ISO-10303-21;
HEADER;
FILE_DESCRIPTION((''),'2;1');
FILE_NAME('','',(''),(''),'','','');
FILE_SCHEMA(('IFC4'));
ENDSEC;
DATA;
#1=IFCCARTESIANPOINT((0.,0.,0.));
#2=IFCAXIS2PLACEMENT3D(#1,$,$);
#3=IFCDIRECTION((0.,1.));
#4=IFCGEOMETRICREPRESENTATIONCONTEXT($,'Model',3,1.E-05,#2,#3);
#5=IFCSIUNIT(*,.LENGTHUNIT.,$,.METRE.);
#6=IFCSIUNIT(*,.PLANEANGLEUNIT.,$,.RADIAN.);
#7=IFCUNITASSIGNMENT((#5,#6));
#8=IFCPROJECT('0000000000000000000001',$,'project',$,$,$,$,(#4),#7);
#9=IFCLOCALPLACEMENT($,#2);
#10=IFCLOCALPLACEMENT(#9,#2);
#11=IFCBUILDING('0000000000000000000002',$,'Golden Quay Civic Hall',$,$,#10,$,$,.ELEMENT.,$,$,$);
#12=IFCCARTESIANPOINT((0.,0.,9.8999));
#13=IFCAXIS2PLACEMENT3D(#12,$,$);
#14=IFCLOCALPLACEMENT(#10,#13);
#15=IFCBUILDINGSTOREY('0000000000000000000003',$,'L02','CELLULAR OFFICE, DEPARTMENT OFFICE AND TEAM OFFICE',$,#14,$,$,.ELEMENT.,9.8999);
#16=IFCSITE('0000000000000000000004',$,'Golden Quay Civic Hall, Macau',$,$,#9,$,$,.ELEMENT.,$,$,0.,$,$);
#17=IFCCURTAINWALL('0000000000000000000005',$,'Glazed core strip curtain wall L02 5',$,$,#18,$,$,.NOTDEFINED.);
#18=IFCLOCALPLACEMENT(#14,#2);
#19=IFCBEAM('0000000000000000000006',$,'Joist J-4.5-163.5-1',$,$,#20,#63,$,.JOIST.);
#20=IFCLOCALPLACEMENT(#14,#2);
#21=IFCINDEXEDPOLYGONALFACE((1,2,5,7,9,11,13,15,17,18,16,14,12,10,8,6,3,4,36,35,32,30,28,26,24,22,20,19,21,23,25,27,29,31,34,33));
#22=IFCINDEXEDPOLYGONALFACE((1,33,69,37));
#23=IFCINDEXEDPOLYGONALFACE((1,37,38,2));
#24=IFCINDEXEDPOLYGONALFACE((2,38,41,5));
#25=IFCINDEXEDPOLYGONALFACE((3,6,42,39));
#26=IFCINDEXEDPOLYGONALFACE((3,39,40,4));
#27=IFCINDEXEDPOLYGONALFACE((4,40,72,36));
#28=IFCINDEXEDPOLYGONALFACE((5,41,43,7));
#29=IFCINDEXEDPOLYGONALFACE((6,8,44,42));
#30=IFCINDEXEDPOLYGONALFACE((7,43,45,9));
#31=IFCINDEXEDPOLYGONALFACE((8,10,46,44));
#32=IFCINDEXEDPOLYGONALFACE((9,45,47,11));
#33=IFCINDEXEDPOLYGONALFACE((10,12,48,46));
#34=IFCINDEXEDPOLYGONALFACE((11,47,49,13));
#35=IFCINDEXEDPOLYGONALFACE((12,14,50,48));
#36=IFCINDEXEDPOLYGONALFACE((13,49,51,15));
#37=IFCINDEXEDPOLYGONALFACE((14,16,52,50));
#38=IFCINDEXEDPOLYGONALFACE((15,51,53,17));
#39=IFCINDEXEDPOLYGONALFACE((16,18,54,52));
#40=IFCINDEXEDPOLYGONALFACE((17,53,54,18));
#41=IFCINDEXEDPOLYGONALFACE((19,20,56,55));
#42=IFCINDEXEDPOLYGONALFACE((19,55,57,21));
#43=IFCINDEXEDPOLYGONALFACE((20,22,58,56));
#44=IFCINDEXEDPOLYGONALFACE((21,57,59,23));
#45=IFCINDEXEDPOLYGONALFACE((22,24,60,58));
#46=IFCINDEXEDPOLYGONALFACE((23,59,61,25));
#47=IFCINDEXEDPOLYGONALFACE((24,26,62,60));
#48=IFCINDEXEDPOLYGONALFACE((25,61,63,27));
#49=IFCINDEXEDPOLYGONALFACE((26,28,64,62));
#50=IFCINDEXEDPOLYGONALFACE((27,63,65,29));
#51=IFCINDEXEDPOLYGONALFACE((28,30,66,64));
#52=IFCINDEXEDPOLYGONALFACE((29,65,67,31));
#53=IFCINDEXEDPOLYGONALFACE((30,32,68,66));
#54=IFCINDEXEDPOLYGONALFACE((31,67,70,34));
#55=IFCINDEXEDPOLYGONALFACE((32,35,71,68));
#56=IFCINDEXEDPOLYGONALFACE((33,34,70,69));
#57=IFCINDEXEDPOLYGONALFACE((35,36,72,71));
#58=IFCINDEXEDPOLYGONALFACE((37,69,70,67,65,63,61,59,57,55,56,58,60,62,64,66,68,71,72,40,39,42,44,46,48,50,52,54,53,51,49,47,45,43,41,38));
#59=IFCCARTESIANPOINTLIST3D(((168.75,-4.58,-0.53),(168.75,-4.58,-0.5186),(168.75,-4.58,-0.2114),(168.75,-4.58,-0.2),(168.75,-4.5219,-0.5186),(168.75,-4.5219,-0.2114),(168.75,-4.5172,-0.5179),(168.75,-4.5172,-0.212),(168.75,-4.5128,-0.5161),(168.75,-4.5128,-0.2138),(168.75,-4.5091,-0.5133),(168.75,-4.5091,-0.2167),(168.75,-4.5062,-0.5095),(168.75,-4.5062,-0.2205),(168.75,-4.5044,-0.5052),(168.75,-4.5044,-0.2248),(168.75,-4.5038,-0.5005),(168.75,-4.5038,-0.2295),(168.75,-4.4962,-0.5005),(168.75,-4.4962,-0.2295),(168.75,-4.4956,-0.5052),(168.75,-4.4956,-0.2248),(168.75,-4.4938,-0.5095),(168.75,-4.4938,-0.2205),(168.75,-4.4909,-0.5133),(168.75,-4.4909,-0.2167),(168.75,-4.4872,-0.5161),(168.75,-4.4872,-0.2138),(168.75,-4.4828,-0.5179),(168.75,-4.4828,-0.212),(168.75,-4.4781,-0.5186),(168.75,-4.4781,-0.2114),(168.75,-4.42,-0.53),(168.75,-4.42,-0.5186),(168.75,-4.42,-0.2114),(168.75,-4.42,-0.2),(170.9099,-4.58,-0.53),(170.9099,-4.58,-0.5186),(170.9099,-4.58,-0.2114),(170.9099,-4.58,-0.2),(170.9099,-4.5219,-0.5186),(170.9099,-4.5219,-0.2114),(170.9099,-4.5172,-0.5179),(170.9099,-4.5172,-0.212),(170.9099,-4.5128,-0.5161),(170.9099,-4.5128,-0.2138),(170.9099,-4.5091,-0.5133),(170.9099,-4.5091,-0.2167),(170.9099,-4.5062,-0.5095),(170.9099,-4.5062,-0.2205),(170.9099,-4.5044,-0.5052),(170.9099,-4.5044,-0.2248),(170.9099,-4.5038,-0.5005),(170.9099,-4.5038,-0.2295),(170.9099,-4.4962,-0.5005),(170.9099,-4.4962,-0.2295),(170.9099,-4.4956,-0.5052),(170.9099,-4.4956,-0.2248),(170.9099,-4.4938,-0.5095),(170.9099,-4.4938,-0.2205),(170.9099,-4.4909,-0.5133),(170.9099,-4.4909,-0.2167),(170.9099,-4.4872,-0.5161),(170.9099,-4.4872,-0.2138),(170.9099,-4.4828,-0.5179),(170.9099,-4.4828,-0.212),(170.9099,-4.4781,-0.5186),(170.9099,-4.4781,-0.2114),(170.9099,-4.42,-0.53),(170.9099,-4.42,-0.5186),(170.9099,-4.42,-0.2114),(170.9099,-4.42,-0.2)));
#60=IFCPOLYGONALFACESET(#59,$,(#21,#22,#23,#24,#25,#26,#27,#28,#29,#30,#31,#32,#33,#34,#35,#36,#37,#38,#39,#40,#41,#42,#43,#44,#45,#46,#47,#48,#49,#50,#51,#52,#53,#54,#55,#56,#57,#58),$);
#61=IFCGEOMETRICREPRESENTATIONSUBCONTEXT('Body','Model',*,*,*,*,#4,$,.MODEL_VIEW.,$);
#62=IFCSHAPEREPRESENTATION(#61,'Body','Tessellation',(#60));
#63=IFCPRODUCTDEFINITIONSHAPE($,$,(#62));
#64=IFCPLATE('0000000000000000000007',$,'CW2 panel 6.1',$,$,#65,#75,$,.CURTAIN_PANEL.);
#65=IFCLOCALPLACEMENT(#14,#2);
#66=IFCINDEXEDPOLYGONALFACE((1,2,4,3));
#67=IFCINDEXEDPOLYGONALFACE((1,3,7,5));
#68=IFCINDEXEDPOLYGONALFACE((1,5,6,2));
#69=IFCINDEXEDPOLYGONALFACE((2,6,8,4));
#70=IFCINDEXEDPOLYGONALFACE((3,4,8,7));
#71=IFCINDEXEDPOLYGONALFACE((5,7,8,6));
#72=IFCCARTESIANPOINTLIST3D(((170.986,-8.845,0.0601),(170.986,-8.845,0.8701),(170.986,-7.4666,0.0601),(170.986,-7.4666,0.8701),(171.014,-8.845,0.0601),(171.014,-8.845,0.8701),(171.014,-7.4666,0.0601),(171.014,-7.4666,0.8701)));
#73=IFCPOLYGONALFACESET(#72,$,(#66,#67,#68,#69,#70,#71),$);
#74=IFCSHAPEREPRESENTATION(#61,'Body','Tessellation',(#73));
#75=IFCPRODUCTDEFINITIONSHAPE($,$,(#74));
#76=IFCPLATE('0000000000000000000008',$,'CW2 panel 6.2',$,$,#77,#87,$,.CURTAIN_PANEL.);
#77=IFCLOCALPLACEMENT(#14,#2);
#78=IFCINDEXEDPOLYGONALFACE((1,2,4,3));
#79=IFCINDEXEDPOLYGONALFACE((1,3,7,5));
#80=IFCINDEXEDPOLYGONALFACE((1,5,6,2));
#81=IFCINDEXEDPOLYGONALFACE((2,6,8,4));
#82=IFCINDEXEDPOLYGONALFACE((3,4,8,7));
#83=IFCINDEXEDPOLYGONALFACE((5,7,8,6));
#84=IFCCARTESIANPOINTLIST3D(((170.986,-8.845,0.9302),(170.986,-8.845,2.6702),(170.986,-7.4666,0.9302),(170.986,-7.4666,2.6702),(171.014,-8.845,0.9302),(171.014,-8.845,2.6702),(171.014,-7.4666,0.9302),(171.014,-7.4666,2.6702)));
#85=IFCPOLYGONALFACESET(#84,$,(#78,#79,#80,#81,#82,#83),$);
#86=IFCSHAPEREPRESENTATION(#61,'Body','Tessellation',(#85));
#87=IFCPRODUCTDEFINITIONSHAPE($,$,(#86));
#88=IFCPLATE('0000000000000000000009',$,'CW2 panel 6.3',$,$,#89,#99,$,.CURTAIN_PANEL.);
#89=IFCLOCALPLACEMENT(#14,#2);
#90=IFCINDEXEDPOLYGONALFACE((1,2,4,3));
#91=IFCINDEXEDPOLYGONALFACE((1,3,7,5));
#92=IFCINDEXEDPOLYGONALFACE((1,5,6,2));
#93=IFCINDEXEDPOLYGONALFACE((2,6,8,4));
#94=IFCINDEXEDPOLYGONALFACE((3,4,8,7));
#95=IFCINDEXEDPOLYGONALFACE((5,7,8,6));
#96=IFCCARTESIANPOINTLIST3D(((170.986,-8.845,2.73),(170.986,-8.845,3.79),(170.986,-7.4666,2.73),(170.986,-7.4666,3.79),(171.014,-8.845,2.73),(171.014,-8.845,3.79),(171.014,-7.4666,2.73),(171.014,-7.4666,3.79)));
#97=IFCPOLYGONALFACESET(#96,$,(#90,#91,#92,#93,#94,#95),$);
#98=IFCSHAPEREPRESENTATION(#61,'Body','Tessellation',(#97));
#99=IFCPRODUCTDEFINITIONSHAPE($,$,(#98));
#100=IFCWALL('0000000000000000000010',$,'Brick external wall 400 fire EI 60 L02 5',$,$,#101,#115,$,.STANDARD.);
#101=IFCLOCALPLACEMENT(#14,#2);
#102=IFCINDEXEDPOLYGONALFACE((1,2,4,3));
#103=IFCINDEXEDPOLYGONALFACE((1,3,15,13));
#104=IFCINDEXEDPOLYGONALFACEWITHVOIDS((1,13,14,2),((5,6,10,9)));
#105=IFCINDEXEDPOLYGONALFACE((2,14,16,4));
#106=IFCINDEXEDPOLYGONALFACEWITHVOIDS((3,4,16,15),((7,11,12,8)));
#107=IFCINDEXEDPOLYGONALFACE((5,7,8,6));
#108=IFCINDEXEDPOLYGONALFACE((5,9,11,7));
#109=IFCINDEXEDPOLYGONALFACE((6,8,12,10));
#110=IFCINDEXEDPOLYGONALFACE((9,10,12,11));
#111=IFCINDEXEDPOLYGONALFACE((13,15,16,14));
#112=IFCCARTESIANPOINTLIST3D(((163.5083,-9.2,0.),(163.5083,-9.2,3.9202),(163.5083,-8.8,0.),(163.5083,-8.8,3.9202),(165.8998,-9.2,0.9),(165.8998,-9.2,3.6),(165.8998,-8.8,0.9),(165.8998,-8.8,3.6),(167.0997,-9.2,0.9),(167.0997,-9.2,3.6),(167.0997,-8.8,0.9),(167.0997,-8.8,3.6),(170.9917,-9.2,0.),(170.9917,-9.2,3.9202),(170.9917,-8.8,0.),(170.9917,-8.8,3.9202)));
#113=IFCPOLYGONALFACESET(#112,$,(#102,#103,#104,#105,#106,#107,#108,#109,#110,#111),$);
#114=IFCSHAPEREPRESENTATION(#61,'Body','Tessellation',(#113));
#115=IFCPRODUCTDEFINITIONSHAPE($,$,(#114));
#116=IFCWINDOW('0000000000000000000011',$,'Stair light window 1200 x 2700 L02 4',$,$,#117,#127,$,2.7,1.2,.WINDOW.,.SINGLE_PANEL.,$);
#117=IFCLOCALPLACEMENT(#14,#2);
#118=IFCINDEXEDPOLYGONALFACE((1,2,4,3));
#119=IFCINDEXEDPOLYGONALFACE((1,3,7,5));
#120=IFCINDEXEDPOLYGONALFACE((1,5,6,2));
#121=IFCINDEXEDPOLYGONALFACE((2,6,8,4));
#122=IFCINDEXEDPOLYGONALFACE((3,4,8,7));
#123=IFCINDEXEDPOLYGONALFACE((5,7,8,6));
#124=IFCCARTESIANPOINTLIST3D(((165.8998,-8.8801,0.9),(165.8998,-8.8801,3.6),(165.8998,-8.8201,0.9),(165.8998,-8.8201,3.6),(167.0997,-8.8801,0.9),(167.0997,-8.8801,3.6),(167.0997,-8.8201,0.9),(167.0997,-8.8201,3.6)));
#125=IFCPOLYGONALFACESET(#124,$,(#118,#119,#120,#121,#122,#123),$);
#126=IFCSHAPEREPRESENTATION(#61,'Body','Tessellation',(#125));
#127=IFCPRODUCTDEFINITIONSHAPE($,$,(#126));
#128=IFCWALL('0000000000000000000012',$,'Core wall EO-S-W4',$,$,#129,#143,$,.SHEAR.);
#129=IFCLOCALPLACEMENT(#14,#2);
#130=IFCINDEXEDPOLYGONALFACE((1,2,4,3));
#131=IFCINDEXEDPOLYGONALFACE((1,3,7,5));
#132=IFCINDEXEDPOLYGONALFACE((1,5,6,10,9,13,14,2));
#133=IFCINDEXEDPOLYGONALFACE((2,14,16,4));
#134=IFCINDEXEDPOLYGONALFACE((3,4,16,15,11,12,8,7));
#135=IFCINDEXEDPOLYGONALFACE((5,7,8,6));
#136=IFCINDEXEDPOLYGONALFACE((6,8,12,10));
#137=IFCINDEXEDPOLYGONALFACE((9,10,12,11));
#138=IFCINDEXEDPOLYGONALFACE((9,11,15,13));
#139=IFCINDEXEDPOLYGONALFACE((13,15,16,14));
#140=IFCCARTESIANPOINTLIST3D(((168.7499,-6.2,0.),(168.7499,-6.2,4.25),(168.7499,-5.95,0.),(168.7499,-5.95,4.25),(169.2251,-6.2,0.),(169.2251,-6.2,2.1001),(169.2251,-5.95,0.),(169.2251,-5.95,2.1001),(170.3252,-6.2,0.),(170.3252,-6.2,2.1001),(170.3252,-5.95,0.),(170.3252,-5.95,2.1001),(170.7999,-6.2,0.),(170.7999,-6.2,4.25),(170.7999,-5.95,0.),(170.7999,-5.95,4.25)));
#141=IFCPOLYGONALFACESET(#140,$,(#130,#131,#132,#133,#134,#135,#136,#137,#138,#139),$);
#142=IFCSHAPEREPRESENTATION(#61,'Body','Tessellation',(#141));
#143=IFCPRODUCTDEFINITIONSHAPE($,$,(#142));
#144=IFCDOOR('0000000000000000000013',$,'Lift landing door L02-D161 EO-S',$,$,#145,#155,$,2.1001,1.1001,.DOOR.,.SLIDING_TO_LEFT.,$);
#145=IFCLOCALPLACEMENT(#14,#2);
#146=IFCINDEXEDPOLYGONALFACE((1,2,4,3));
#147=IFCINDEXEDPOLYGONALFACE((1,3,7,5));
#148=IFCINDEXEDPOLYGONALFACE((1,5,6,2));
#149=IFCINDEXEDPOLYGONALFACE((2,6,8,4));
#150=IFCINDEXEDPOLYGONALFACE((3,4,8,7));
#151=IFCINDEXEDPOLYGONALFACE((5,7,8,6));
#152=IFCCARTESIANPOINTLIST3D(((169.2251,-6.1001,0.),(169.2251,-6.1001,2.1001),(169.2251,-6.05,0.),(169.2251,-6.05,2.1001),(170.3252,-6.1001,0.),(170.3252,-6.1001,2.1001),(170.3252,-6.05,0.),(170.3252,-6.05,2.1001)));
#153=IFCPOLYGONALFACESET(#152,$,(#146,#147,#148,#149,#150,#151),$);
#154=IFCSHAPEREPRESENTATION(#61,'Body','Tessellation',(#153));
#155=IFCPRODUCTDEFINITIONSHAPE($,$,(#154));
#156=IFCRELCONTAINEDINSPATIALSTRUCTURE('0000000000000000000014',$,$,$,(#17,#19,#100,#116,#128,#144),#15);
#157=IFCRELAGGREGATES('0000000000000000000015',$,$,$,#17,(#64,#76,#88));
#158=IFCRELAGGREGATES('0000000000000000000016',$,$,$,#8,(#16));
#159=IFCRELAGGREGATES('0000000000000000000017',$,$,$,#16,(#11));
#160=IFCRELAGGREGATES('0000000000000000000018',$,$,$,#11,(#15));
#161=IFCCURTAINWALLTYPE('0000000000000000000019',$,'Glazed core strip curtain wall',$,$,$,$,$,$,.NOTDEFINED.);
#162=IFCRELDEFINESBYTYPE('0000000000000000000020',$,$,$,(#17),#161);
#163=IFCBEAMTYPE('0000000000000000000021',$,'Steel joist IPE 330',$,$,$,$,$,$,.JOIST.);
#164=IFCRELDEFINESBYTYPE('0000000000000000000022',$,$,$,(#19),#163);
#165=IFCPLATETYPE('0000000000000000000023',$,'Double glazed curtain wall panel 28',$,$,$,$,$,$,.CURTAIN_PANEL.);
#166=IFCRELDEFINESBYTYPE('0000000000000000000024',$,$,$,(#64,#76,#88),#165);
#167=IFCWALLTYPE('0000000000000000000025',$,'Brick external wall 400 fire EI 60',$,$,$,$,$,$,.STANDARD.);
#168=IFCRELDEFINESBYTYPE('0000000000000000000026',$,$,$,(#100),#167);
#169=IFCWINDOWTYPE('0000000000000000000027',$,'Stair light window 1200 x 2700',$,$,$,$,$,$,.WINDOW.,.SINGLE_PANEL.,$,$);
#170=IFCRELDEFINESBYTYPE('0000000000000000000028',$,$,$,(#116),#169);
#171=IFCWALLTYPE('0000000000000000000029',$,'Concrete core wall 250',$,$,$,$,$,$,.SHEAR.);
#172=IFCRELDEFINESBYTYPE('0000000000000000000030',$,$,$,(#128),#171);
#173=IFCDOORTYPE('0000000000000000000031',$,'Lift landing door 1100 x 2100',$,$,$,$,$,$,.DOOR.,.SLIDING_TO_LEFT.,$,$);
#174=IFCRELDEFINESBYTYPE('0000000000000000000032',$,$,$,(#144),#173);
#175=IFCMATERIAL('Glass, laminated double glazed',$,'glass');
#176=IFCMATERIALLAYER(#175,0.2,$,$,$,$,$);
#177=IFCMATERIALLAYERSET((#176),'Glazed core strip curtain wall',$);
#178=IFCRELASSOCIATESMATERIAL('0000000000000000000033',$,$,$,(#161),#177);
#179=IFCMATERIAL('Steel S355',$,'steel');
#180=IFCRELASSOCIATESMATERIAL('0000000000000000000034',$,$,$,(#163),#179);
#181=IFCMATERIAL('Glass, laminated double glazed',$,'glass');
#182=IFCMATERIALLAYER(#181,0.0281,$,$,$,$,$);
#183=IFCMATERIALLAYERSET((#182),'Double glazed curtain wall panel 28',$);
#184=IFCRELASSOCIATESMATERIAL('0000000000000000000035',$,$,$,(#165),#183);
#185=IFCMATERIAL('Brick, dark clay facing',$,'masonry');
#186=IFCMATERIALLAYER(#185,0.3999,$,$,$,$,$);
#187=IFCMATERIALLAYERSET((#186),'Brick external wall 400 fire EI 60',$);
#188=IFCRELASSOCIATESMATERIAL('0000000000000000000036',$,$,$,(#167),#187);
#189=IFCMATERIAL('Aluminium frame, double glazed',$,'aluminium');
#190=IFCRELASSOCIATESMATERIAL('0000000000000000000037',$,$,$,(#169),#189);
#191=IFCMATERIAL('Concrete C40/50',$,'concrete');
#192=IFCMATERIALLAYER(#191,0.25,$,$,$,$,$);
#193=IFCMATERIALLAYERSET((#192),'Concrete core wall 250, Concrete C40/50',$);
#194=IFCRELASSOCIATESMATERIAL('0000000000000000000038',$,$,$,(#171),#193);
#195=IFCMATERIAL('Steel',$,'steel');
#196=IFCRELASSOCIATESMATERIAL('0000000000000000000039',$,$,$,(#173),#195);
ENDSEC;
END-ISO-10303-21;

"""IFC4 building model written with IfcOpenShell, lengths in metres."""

from ifc_helpers import new_model, si_unit, direction, frame, frame_2d, origin, origin_2d, place, context, subcontext, project, spatial, rectangle, i_section, extrude, material, layer, layer_set, material_profile, profile_set, type_object, element, fill, aggregate, save


model = new_model("IFC4")

# Units and contexts
model_context = context("Model", 3, precision=1e-05, world=origin(), true_north=direction((0.0, 1.0)))
body_context = subcontext(model_context, "Body", "Model", "MODEL_VIEW")
ifc_project = project(units=[si_unit("LENGTHUNIT", "METRE"), si_unit("PLANEANGLEUNIT", "RADIAN")], contexts=[model_context])

# Site, building, storey
site_placement = place(None, origin())
site = spatial("IfcSite", under=ifc_project, at=site_placement, Name="Golden Quay Civic Hall, Macau", CompositionType="ELEMENT", RefElevation=0.0)
building_placement = place(site_placement, origin())
building = spatial("IfcBuilding", under=site, at=building_placement, Name="Golden Quay Civic Hall", CompositionType="ELEMENT")
storey_placement = place(building_placement, frame((0.0, 0.0, 9.8999)))
storey = spatial("IfcBuildingStorey", under=building, at=storey_placement, Name="L02", Description="CELLULAR OFFICE, DEPARTMENT OFFICE AND TEAM OFFICE", CompositionType="ELEMENT", Elevation=9.8999)

# Curtain wall
ifc_material_1 = material(Name="Glass, laminated double glazed", Category="glass")
ifc_layer_1 = layer(ifc_material_1, 0.2)
ifc_layer_set_1 = layer_set([ifc_layer_1], Name="Glazed core strip curtain wall")
curtain_wall_type = type_object("IfcCurtainWallType", Name="Glazed core strip curtain wall", PredefinedType="NOTDEFINED", material=ifc_layer_set_1)
curtain_wall_placement = place(storey_placement, origin())
curtain_wall = element("IfcCurtainWall", 1, at=curtain_wall_placement, inside=storey, type_object=curtain_wall_type, Name="Glazed core strip curtain wall L02 5", PredefinedType="NOTDEFINED")

# Beam
ifc_material_2 = material(Name="Steel S355", Category="steel")
ifc_material_profile_1 = material_profile(ifc_material_2, i_section(OverallWidth=0.1599, OverallDepth=0.3301, WebThickness=0.0076, FlangeThickness=0.0115, FilletRadius=0.0181, at=origin_2d()), Name="IPE 330")
ifc_profile_set_1 = profile_set([ifc_material_profile_1], Name="Steel S355")
beam_type_1 = type_object("IfcBeamType", Name="Steel joist IPE 330", PredefinedType="JOIST", material=ifc_profile_set_1)
beam_1_placement = place(storey_placement, frame((168.75, -4.5, -0.365), z_axis=(1.0, 0.0, 0.0), x_axis=(0.0, 1.0, 0.0)))
element("IfcBeam", 2, at=beam_1_placement, inside=storey, type_object=beam_type_1, Name="Joist J-4.5-163.5-1", PredefinedType="JOIST", context=body_context, shape_type="SweptSolid", body=[
    extrude(i_section(OverallWidth=0.1599, OverallDepth=0.3301, WebThickness=0.0076, FlangeThickness=0.0115, FilletRadius=0.0181, at=origin_2d()), origin(), (0.0, 0.0, 1.0), 2.1599),
])

# Plates
ifc_material_3 = material(Name="Glass, laminated double glazed", Category="glass")
ifc_layer_2 = layer(ifc_material_3, 0.0281)
ifc_layer_set_2 = layer_set([ifc_layer_2], Name="Double glazed curtain wall panel 28")
plate_type = type_object("IfcPlateType", Name="Double glazed curtain wall panel 28", PredefinedType="CURTAIN_PANEL", material=ifc_layer_set_2)
plate_1_placement = place(storey_placement, frame((171.0, -8.1558, 0.0601), z_axis=(0.0, 0.0, 1.0), x_axis=(0.0, -1.0, 0.0)))
plate_1 = element("IfcPlate", 3, at=plate_1_placement, type_object=plate_type, Name="CW2 panel 6.1", PredefinedType="CURTAIN_PANEL", context=body_context, shape_type="SweptSolid", body=[
    extrude(rectangle(XDim=1.3784, YDim=0.0281, at=origin_2d()), origin(), (0.0, 0.0, 1.0), 0.8101),
])
plate_2_placement = place(storey_placement, frame((171.0, -8.1558, 0.9302), z_axis=(0.0, 0.0, 1.0), x_axis=(0.0, -1.0, 0.0)))
plate_2 = element("IfcPlate", 4, at=plate_2_placement, type_object=plate_type, Name="CW2 panel 6.2", PredefinedType="CURTAIN_PANEL", context=body_context, shape_type="SweptSolid", body=[
    extrude(rectangle(XDim=1.3784, YDim=0.0281, at=origin_2d()), origin(), (0.0, 0.0, 1.0), 1.74),
])
plate_3_placement = place(storey_placement, frame((171.0, -8.1558, 2.73), z_axis=(0.0, 0.0, 1.0), x_axis=(0.0, -1.0, 0.0)))
plate_3 = element("IfcPlate", 5, at=plate_3_placement, type_object=plate_type, Name="CW2 panel 6.3", PredefinedType="CURTAIN_PANEL", context=body_context, shape_type="SweptSolid", body=[
    extrude(rectangle(XDim=1.3784, YDim=0.0281, at=origin_2d()), origin(), (0.0, 0.0, 1.0), 1.0601),
])
aggregate(curtain_wall, [plate_1, plate_2, plate_3])

# Wall, opening, window
ifc_material_4 = material(Name="Brick, dark clay facing", Category="masonry")
ifc_layer_3 = layer(ifc_material_4, 0.3999)
ifc_layer_set_3 = layer_set([ifc_layer_3], Name="Brick external wall 400 fire EI 60")
wall_type_1 = type_object("IfcWallType", Name="Brick external wall 400 fire EI 60", PredefinedType="STANDARD", material=ifc_layer_set_3)
wall_1_placement = place(storey_placement, frame((170.9917, -9.0, 0.0), z_axis=(0.0, 0.0, 1.0), x_axis=(-1.0, 0.0, 0.0)))
wall_1 = element("IfcWall", 6, at=wall_1_placement, inside=storey, type_object=wall_type_1, Name="Brick external wall 400 fire EI 60 L02 5", PredefinedType="STANDARD", context=body_context, shape_type="SweptSolid", body=[
    extrude(rectangle(XDim=7.4834, YDim=0.3999, at=frame_2d((3.7417, 0.0))), origin(), (0.0, 0.0, 1.0), 3.9202),
])
opening_1_placement = place(wall_1_placement, frame((3.8918, 0.0, 0.8999)))
opening_1 = element("IfcOpeningElement", 7, at=opening_1_placement, cuts=wall_1, PredefinedType="OPENING", context=body_context, shape_type="SweptSolid", body=[
    extrude(rectangle(XDim=1.2, YDim=2.7, at=frame_2d((0.6001, 1.3501))), frame((0.0, 0.21, 0.0), z_axis=(0.0, -1.0, 0.0), x_axis=(1.0, 0.0, 0.0)), (0.0, 0.0, 1.0), 0.4199),
])
ifc_material_5 = material(Name="Aluminium frame, double glazed", Category="aluminium")
window_type = type_object("IfcWindowType", Name="Stair light window 1200 x 2700", PartitioningType="SINGLE_PANEL", PredefinedType="WINDOW", material=ifc_material_5)
window_placement = place(opening_1_placement, origin())
window = element("IfcWindow", 8, at=window_placement, inside=storey, type_object=window_type, Name="Stair light window 1200 x 2700 L02 4", OverallHeight=2.7, OverallWidth=1.2, PartitioningType="SINGLE_PANEL", PredefinedType="WINDOW", context=body_context, shape_type="SweptSolid", body=[
    extrude(rectangle(XDim=1.2, YDim=2.7, at=frame_2d((0.6001, 1.3501))), frame((0.0, -0.1199, 0.0), z_axis=(0.0, -1.0, 0.0), x_axis=(1.0, 0.0, 0.0)), (0.0, 0.0, 1.0), 0.0601),
])
fill(opening_1, window)

# Wall, opening, door
ifc_material_6 = material(Name="Concrete C40/50", Category="concrete")
ifc_layer_4 = layer(ifc_material_6, 0.25)
ifc_layer_set_4 = layer_set([ifc_layer_4], Name="Concrete core wall 250, Concrete C40/50")
wall_type_2 = type_object("IfcWallType", Name="Concrete core wall 250", PredefinedType="SHEAR", material=ifc_layer_set_4)
wall_2_placement = place(storey_placement, frame((168.75, -6.075, 0.0), z_axis=(0.0, 0.0, 1.0), x_axis=(1.0, 0.0, 0.0)))
wall_2 = element("IfcWall", 9, at=wall_2_placement, inside=storey, type_object=wall_type_2, Name="Core wall EO-S-W4", PredefinedType="SHEAR", context=body_context, shape_type="SweptSolid", body=[
    extrude(rectangle(XDim=2.05, YDim=0.25, at=frame_2d((1.0249, 0.0))), origin(), (0.0, 0.0, 1.0), 4.25),
])
opening_2_placement = place(wall_2_placement, frame((0.4751, 0.0, 0.0)))
opening_2 = element("IfcOpeningElement", 10, at=opening_2_placement, cuts=wall_2, PredefinedType="OPENING", context=body_context, shape_type="SweptSolid", body=[
    extrude(rectangle(XDim=1.1001, YDim=2.1001, at=frame_2d((0.55, 1.05))), frame((0.0, 0.135, 0.0), z_axis=(0.0, -1.0, 0.0), x_axis=(1.0, 0.0, 0.0)), (0.0, 0.0, 1.0), 0.27),
])
ifc_material_7 = material(Name="Steel", Category="steel")
door_type = type_object("IfcDoorType", Name="Lift landing door 1100 x 2100", OperationType="SLIDING_TO_LEFT", PredefinedType="DOOR", material=ifc_material_7)
door_placement = place(opening_2_placement, origin())
door = element("IfcDoor", 11, at=door_placement, inside=storey, type_object=door_type, Name="Lift landing door L02-D161 EO-S", OperationType="SLIDING_TO_LEFT", OverallHeight=2.1001, OverallWidth=1.1001, PredefinedType="DOOR", context=body_context, shape_type="SweptSolid", body=[
    extrude(rectangle(XDim=1.1001, YDim=2.1001, at=frame_2d((0.55, 1.05))), frame((0.0, 0.0249, 0.0), z_axis=(0.0, -1.0, 0.0), x_axis=(1.0, 0.0, 0.0)), (0.0, 0.0, 1.0), 0.05),
])
fill(opening_2, door)

save(model, "model.ifc")
